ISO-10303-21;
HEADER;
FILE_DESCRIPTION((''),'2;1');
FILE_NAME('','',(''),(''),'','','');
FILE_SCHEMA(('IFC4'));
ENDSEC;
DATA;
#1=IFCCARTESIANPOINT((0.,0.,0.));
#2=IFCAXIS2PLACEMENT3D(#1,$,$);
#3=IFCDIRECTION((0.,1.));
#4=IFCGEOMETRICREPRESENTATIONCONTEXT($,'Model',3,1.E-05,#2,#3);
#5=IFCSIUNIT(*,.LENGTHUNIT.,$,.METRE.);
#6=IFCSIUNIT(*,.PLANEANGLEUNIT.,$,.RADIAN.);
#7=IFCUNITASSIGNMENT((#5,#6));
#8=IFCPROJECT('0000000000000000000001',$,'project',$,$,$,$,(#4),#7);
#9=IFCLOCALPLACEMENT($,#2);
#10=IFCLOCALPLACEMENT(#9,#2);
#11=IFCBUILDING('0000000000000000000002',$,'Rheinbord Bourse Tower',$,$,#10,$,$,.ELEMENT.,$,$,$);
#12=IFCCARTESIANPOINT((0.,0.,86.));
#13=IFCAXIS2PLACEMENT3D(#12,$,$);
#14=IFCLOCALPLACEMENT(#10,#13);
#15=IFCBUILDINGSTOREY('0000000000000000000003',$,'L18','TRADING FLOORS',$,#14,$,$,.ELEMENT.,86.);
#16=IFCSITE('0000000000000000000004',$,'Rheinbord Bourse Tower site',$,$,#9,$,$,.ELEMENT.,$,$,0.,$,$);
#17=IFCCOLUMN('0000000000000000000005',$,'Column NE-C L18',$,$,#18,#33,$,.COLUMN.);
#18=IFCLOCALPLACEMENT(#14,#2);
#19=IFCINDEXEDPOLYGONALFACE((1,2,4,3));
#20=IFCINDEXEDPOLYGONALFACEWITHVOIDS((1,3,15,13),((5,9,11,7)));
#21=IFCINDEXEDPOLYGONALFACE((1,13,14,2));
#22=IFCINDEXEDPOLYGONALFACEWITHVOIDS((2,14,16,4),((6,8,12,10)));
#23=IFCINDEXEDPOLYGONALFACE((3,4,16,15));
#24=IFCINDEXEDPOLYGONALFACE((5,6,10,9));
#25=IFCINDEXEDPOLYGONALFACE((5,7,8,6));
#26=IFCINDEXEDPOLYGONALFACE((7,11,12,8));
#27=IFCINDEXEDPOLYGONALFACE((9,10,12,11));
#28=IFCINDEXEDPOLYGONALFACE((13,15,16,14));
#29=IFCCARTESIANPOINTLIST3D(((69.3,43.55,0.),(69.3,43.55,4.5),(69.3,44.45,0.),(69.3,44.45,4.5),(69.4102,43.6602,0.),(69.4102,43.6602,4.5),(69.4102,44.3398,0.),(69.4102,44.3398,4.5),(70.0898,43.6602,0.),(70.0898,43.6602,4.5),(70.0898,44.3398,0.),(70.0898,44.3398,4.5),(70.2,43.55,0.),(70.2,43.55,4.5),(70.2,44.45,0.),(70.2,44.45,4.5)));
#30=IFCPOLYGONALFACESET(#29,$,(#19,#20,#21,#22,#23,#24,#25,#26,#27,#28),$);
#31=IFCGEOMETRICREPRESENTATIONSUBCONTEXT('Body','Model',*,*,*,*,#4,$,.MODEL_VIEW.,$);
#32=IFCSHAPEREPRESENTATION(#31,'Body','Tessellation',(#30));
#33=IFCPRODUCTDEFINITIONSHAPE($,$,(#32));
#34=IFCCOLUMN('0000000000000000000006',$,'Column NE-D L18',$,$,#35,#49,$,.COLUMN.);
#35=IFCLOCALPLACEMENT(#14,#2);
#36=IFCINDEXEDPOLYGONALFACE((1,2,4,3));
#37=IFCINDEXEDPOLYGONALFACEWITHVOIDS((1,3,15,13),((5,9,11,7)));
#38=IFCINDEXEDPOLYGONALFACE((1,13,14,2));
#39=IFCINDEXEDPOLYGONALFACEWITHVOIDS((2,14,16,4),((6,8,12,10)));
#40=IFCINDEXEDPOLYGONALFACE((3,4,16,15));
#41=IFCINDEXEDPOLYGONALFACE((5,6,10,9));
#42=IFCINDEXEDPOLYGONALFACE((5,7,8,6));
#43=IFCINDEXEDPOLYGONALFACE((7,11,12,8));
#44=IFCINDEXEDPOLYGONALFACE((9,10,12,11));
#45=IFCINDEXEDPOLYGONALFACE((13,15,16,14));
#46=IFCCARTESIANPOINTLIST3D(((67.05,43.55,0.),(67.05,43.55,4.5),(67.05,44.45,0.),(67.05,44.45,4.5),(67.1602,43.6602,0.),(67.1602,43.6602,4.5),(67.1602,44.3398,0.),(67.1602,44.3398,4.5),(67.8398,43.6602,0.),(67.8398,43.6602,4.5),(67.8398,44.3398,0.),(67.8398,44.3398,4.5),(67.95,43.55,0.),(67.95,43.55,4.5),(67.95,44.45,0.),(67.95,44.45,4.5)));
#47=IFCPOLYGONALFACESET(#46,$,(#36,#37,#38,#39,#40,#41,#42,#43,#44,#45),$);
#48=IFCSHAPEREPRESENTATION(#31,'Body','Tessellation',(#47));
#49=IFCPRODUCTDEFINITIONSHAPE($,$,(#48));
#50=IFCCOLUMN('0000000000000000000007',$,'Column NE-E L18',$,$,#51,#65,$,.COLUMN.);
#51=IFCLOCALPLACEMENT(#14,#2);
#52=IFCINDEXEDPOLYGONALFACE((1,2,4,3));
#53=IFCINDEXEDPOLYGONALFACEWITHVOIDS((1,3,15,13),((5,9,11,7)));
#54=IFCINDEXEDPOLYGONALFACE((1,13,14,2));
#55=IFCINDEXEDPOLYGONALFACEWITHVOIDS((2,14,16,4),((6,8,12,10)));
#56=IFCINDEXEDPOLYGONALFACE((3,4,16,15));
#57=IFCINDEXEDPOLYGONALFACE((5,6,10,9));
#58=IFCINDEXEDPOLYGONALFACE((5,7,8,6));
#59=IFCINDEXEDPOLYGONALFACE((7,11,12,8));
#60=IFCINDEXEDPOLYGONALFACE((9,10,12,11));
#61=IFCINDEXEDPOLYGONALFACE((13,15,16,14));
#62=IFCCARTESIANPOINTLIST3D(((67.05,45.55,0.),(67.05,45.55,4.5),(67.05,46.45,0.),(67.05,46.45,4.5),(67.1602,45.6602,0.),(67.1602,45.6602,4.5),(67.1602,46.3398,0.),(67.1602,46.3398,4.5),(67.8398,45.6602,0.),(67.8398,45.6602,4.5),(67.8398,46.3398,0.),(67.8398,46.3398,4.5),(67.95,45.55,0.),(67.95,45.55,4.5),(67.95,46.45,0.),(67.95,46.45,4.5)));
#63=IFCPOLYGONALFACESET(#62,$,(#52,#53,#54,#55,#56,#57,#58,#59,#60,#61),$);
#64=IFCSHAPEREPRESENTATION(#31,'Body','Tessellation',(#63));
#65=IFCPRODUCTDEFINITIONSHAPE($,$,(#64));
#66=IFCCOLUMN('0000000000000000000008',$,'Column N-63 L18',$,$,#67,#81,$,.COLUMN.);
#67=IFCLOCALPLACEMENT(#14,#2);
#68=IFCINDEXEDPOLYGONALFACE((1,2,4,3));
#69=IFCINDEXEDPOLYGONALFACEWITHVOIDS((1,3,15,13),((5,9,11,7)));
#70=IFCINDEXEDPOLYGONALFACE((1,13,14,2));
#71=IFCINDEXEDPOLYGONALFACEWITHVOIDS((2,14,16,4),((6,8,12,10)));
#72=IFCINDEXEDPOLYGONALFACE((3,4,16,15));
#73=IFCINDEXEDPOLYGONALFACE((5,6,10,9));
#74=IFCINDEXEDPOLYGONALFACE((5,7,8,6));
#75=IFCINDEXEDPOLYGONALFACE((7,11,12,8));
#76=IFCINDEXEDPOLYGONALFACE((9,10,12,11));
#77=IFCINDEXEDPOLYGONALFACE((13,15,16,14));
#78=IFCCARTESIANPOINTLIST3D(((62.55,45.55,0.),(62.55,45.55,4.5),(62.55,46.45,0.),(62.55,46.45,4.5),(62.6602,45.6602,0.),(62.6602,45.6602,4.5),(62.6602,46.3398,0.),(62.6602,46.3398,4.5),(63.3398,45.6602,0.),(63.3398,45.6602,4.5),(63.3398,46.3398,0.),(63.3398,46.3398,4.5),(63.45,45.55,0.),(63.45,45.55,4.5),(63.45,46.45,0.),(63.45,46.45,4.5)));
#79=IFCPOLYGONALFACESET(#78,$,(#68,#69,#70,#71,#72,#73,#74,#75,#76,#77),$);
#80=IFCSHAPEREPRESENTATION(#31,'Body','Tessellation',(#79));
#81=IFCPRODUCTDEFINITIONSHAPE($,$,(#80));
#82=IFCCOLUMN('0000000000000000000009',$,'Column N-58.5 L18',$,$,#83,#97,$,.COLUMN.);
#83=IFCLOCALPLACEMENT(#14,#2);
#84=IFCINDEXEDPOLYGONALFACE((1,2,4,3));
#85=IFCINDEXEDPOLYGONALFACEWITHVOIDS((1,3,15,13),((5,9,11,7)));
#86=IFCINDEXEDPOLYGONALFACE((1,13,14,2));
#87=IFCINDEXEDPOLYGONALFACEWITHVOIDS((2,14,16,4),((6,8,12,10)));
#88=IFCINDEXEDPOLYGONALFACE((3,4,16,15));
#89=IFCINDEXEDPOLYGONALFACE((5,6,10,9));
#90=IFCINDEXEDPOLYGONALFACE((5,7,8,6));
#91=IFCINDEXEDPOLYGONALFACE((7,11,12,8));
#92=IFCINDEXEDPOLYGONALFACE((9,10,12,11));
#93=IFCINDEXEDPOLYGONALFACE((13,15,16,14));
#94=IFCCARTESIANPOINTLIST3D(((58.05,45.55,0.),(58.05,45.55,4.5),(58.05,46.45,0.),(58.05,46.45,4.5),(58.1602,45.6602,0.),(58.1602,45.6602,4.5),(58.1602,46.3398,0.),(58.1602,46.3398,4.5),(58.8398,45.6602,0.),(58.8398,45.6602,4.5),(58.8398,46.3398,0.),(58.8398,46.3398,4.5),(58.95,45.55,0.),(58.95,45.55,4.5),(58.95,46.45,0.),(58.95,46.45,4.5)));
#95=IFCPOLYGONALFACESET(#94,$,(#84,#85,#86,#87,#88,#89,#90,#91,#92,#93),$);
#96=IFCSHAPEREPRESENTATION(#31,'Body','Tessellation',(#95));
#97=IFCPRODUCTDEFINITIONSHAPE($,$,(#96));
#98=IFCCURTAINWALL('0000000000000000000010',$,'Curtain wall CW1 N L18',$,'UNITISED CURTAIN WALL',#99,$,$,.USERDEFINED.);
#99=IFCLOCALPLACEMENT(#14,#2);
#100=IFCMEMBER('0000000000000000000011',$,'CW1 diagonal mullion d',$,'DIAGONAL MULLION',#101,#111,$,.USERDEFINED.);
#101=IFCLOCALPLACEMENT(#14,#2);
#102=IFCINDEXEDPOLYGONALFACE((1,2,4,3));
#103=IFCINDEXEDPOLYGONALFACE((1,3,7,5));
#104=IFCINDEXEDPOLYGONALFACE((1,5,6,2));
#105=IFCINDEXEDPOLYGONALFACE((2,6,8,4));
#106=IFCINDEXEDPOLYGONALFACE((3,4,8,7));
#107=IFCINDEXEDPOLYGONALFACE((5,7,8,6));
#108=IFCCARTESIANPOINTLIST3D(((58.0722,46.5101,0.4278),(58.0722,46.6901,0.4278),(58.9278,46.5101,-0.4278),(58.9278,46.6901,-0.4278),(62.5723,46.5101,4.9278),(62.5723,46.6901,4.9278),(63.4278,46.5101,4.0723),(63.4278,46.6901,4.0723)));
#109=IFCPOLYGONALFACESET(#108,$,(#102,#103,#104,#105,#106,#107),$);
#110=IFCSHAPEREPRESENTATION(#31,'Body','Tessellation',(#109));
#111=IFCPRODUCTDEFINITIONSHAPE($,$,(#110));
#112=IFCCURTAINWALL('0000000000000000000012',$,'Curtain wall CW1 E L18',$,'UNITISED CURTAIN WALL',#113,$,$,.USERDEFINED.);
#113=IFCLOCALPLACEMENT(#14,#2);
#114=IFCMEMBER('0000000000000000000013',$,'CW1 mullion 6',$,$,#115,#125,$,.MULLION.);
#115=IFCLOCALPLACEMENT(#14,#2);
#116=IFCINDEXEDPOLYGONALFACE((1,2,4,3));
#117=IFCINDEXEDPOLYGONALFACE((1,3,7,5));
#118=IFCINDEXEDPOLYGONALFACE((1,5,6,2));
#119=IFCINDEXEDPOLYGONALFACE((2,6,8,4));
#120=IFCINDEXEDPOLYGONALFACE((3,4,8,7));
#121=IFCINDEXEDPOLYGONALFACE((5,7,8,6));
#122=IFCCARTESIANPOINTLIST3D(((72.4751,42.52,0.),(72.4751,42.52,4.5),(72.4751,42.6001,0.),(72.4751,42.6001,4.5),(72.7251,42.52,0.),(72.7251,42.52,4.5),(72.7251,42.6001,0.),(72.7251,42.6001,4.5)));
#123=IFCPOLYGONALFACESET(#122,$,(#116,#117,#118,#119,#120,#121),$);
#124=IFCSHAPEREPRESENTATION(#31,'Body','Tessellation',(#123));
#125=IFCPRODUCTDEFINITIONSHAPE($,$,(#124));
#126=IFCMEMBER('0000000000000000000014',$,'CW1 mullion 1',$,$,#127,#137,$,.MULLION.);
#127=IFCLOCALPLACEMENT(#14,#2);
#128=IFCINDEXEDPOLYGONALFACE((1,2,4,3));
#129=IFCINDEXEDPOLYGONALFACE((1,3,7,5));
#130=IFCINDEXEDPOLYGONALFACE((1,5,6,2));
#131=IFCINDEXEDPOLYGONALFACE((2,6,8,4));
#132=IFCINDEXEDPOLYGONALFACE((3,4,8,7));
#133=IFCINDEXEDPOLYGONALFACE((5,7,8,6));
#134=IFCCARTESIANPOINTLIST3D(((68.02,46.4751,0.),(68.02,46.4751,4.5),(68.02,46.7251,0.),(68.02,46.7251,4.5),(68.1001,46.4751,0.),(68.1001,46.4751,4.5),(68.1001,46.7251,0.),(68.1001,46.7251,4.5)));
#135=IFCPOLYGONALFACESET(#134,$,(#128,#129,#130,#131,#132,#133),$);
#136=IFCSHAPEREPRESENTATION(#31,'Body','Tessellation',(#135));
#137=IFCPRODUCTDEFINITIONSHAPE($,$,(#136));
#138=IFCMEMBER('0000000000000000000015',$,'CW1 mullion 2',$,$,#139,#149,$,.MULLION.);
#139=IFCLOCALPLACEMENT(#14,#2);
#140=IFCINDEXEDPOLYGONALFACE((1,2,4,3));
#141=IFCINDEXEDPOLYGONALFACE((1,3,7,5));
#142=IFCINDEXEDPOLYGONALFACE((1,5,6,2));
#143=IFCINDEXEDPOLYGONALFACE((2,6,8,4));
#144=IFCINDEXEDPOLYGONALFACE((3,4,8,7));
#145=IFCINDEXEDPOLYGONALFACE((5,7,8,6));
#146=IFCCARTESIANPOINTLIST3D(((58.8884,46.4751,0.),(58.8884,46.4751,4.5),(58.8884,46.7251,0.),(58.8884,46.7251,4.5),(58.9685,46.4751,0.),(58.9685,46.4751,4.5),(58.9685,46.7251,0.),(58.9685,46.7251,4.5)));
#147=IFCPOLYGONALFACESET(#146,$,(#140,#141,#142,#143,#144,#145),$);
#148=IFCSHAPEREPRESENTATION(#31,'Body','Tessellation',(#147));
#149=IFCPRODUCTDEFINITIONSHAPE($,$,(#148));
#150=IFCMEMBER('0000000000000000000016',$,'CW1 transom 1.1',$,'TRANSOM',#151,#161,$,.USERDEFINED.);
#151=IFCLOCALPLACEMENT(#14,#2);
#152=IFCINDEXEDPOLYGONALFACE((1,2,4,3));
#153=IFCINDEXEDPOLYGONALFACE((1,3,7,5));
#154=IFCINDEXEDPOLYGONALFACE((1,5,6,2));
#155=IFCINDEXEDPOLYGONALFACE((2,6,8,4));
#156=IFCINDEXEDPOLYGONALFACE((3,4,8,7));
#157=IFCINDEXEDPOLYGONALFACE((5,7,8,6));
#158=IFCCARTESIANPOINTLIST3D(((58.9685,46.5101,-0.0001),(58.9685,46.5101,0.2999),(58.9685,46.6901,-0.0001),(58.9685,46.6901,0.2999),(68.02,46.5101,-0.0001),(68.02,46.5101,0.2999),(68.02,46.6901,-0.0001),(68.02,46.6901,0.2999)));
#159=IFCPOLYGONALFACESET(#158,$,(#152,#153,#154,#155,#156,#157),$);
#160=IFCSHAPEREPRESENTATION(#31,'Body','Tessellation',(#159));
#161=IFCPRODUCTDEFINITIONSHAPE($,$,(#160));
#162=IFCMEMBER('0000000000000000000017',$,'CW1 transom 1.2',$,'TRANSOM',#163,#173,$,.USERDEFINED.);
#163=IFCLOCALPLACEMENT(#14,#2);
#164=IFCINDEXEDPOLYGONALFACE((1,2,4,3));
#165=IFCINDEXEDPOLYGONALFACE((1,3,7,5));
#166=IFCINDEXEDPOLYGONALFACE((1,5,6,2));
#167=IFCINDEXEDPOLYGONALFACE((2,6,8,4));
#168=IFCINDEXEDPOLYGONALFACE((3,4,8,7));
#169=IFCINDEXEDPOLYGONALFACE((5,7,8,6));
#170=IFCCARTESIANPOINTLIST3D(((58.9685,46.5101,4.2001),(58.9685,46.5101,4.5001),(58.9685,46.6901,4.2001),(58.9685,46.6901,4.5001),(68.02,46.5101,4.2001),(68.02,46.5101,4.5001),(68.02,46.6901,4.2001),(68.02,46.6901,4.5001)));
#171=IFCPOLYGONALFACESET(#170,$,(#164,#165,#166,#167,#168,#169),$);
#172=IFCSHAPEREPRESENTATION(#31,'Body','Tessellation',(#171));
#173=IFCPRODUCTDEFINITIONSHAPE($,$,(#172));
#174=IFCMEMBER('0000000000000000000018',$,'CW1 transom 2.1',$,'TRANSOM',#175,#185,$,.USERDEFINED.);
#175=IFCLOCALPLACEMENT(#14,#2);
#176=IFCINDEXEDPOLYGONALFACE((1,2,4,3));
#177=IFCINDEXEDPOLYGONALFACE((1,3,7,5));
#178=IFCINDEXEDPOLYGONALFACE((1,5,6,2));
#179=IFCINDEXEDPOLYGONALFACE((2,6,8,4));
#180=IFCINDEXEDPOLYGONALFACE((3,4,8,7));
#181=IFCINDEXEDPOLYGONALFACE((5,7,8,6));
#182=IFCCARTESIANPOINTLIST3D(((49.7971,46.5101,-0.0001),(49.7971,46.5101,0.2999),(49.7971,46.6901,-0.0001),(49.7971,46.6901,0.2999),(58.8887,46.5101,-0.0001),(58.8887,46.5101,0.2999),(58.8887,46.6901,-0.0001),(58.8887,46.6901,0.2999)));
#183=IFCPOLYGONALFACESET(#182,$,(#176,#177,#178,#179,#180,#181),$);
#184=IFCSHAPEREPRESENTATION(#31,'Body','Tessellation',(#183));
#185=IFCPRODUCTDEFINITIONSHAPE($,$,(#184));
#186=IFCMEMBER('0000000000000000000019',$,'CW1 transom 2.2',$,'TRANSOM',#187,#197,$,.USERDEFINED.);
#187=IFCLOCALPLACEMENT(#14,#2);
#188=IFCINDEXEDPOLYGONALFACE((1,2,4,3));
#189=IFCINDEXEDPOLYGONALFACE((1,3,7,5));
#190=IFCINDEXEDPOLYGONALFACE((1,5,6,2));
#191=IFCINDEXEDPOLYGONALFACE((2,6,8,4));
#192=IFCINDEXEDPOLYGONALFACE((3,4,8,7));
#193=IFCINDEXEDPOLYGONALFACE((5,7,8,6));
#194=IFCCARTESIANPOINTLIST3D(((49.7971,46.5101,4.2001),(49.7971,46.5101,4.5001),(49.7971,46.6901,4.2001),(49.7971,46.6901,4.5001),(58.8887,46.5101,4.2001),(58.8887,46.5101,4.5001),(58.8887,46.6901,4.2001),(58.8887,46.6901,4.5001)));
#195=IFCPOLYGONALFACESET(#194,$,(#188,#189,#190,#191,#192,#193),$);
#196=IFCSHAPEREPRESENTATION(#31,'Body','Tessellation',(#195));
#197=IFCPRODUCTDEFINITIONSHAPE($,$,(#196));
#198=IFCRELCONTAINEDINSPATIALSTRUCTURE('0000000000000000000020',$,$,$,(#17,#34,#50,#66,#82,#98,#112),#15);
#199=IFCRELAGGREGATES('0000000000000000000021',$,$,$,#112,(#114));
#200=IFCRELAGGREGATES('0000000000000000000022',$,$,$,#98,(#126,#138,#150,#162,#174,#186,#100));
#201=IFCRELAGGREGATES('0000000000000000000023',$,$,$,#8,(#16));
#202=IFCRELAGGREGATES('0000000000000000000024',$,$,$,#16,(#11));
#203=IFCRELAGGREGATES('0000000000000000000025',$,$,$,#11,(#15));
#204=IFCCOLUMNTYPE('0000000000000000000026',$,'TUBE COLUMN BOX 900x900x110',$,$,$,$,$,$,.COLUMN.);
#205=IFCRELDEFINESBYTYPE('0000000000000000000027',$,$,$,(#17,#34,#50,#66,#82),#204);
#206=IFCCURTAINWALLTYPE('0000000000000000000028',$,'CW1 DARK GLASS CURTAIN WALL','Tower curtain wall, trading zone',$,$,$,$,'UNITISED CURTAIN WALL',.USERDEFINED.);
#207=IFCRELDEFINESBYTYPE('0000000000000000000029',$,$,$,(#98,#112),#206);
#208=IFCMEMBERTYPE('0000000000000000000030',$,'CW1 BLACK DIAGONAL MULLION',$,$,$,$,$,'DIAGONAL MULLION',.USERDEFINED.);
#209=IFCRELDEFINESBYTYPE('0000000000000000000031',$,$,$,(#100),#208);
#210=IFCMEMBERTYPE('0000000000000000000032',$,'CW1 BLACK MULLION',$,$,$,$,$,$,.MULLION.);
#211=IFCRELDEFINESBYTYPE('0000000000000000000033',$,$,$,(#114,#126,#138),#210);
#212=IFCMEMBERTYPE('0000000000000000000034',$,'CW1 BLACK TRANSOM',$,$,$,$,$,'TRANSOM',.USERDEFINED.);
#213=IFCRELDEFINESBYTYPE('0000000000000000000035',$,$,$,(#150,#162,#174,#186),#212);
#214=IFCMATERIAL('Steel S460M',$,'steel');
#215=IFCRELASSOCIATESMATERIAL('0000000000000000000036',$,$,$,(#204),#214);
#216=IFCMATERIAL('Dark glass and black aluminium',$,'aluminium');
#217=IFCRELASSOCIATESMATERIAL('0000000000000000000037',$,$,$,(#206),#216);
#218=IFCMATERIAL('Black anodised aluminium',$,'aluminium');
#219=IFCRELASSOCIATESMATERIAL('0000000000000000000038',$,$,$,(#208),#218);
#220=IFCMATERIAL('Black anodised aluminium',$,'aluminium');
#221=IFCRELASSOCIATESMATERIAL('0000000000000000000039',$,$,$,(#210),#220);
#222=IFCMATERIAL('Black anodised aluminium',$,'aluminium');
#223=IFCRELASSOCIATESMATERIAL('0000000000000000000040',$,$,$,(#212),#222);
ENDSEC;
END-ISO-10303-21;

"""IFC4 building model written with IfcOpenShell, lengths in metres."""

from ifc_helpers import new_model, si_unit, direction, frame, origin, origin_2d, place, context, subcontext, project, spatial, rectangle, hollow_rectangle, extrude, material, material_profile, profile_set, type_object, element, aggregate, save


model = new_model("IFC4")

# Units and contexts
model_context = context("Model", 3, precision=1e-05, world=origin(), true_north=direction((0.0, 1.0)))
body_context = subcontext(model_context, "Body", "Model", "MODEL_VIEW")
ifc_project = project(units=[si_unit("LENGTHUNIT", "METRE"), si_unit("PLANEANGLEUNIT", "RADIAN")], contexts=[model_context])

# Site, building, storey
site_placement = place(None, origin())
site = spatial("IfcSite", under=ifc_project, at=site_placement, Name="Rheinbord Bourse Tower site", CompositionType="ELEMENT", RefElevation=0.0)
building_placement = place(site_placement, origin())
building = spatial("IfcBuilding", under=site, at=building_placement, Name="Rheinbord Bourse Tower", CompositionType="ELEMENT")
storey_placement = place(building_placement, frame((0.0, 0.0, 86.0)))
storey = spatial("IfcBuildingStorey", under=building, at=storey_placement, Name="L18", Description="TRADING FLOORS", CompositionType="ELEMENT", Elevation=86.0)

# Columns
ifc_material_1 = material(Name="Steel S460M", Category="steel")
ifc_material_profile_1 = material_profile(ifc_material_1, hollow_rectangle(XDim=0.8999, YDim=0.8999, WallThickness=0.1101, at=origin_2d()), Name="BOX 900x900x110")
ifc_profile_set_1 = profile_set([ifc_material_profile_1], Name="Steel S460M")
column_type = type_object("IfcColumnType", Name="TUBE COLUMN BOX 900x900x110", PredefinedType="COLUMN", material=ifc_profile_set_1)
for number, where, z_axis, x_axis, name in (
    (1, (69.75, 44.0, 0.0), (0.0, 0.0, 1.0), (1.0, 0.0, 0.0), "Column NE-C L18"),
    (2, (67.5, 44.0, 0.0), (0.0, 0.0, 1.0), (0.0, 1.0, 0.0), "Column NE-D L18"),
    (3, (67.5, 46.0, 0.0), (0.0, 0.0, 1.0), (0.0, 1.0, 0.0), "Column NE-E L18"),
    (4, (63.0, 46.0, 0.0), (0.0, 0.0, 1.0), (0.0, 1.0, 0.0), "Column N-63 L18"),
    (5, (58.5, 46.0, 0.0), (0.0, 0.0, 1.0), (0.0, 1.0, 0.0), "Column N-58.5 L18"),
):
    element("IfcColumn", number, at=place(storey_placement, frame(where, z_axis=z_axis, x_axis=x_axis)), inside=storey, type_object=column_type, Name=name, PredefinedType="COLUMN", context=body_context, shape_type="SweptSolid", body=[
        extrude(hollow_rectangle(XDim=0.8999, YDim=0.8999, WallThickness=0.1101, at=origin_2d()), origin(), (0.0, 0.0, 1.0), 4.5),
    ])

# Curtain walls, members
ifc_material_2 = material(Name="Dark glass and black aluminium", Category="aluminium")
curtain_wall_type = type_object("IfcCurtainWallType", Name="CW1 DARK GLASS CURTAIN WALL", Description="Tower curtain wall, trading zone", ElementType="UNITISED CURTAIN WALL", PredefinedType="USERDEFINED", material=ifc_material_2)
curtain_wall_1_placement = place(storey_placement, origin())
curtain_wall_1 = element("IfcCurtainWall", 6, at=curtain_wall_1_placement, inside=storey, type_object=curtain_wall_type, Name="Curtain wall CW1 N L18", ObjectType="UNITISED CURTAIN WALL", PredefinedType="USERDEFINED")
ifc_material_3 = material(Name="Black anodised aluminium", Category="aluminium")
ifc_material_profile_2 = material_profile(ifc_material_3, rectangle(XDim=0.1799, YDim=1.21, at=origin_2d()), Name="CW1 DIAGONAL MULLION 1210x180")
ifc_profile_set_2 = profile_set([ifc_material_profile_2], Name="Black anodised aluminium")
member_type_1 = type_object("IfcMemberType", Name="CW1 BLACK DIAGONAL MULLION", ElementType="DIAGONAL MULLION", PredefinedType="USERDEFINED", material=ifc_profile_set_2)
member_1_placement = place(storey_placement, frame((58.5, 46.6001, 0.0), z_axis=(0.707107, 0.0, 0.707107), x_axis=(0.0, 1.0, 0.0)))
member_1 = element("IfcMember", 7, at=member_1_placement, type_object=member_type_1, Name="CW1 diagonal mullion d", ObjectType="DIAGONAL MULLION", PredefinedType="USERDEFINED", context=body_context, shape_type="SweptSolid", body=[
    extrude(rectangle(XDim=0.1799, YDim=1.21, at=origin_2d()), origin(), (0.0, 0.0, 1.0), 6.364),
])
curtain_wall_2_placement = place(storey_placement, origin())
curtain_wall_2 = element("IfcCurtainWall", 8, at=curtain_wall_2_placement, inside=storey, type_object=curtain_wall_type, Name="Curtain wall CW1 E L18", ObjectType="UNITISED CURTAIN WALL", PredefinedType="USERDEFINED")
ifc_material_4 = material(Name="Black anodised aluminium", Category="aluminium")
ifc_material_profile_3 = material_profile(ifc_material_4, rectangle(XDim=0.25, YDim=0.0801, at=origin_2d()), Name="CW1 MULLION 80x250")
ifc_profile_set_3 = profile_set([ifc_material_profile_3], Name="Black anodised aluminium")
member_type_2 = type_object("IfcMemberType", Name="CW1 BLACK MULLION", PredefinedType="MULLION", material=ifc_profile_set_3)
member_2_placement = place(storey_placement, frame((72.6001, 42.5601, 0.0), z_axis=(0.0, 0.0, 1.0), x_axis=(-1.0, 0.0, 0.0)))
member_2 = element("IfcMember", 9, at=member_2_placement, type_object=member_type_2, Name="CW1 mullion 6", PredefinedType="MULLION", context=body_context, shape_type="SweptSolid", body=[
    extrude(rectangle(XDim=0.25, YDim=0.0801, at=origin_2d()), origin(), (0.0, 0.0, 1.0), 4.5),
])
aggregate(curtain_wall_2, [member_2])

# Members
member_3_placement = place(storey_placement, frame((68.0601, 46.6001, 0.0), z_axis=(0.0, 0.0, 1.0), x_axis=(0.0, -1.0, 0.0)))
member_3 = element("IfcMember", 10, at=member_3_placement, type_object=member_type_2, Name="CW1 mullion 1", PredefinedType="MULLION", context=body_context, shape_type="SweptSolid", body=[
    extrude(rectangle(XDim=0.25, YDim=0.0801, at=origin_2d()), origin(), (0.0, 0.0, 1.0), 4.5),
])
member_4_placement = place(storey_placement, frame((58.9285, 46.6001, 0.0), z_axis=(0.0, 0.0, 1.0), x_axis=(0.0, -1.0, 0.0)))
member_4 = element("IfcMember", 11, at=member_4_placement, type_object=member_type_2, Name="CW1 mullion 2", PredefinedType="MULLION", context=body_context, shape_type="SweptSolid", body=[
    extrude(rectangle(XDim=0.25, YDim=0.0801, at=origin_2d()), origin(), (0.0, 0.0, 1.0), 4.5),
])
ifc_material_5 = material(Name="Black anodised aluminium", Category="aluminium")
ifc_material_profile_4 = material_profile(ifc_material_5, rectangle(XDim=0.1799, YDim=0.3, at=origin_2d()), Name="CW1 TRANSOM 300x180")
ifc_profile_set_4 = profile_set([ifc_material_profile_4], Name="Black anodised aluminium")
member_type_3 = type_object("IfcMemberType", Name="CW1 BLACK TRANSOM", ElementType="TRANSOM", PredefinedType="USERDEFINED", material=ifc_profile_set_4)
member_5_placement = place(storey_placement, frame((68.02, 46.6001, 0.1499), z_axis=(-1.0, 0.0, 0.0), x_axis=(0.0, -1.0, 0.0)))
member_5 = element("IfcMember", 12, at=member_5_placement, type_object=member_type_3, Name="CW1 transom 1.1", ObjectType="TRANSOM", PredefinedType="USERDEFINED", context=body_context, shape_type="SweptSolid", body=[
    extrude(rectangle(XDim=0.1799, YDim=0.3, at=origin_2d()), origin(), (0.0, 0.0, 1.0), 9.0515),
])
member_6_placement = place(storey_placement, frame((68.02, 46.6001, 4.3501), z_axis=(-1.0, 0.0, 0.0), x_axis=(0.0, -1.0, 0.0)))
member_6 = element("IfcMember", 13, at=member_6_placement, type_object=member_type_3, Name="CW1 transom 1.2", ObjectType="TRANSOM", PredefinedType="USERDEFINED", context=body_context, shape_type="SweptSolid", body=[
    extrude(rectangle(XDim=0.1799, YDim=0.3, at=origin_2d()), origin(), (0.0, 0.0, 1.0), 9.0515),
])
member_7_placement = place(storey_placement, frame((58.8887, 46.6001, 0.1499), z_axis=(-1.0, 0.0, 0.0), x_axis=(0.0, -1.0, 0.0)))
member_7 = element("IfcMember", 14, at=member_7_placement, type_object=member_type_3, Name="CW1 transom 2.1", ObjectType="TRANSOM", PredefinedType="USERDEFINED", context=body_context, shape_type="SweptSolid", body=[
    extrude(rectangle(XDim=0.1799, YDim=0.3, at=origin_2d()), origin(), (0.0, 0.0, 1.0), 9.0916),
])
member_8_placement = place(storey_placement, frame((58.8887, 46.6001, 4.3501), z_axis=(-1.0, 0.0, 0.0), x_axis=(0.0, -1.0, 0.0)))
member_8 = element("IfcMember", 15, at=member_8_placement, type_object=member_type_3, Name="CW1 transom 2.2", ObjectType="TRANSOM", PredefinedType="USERDEFINED", context=body_context, shape_type="SweptSolid", body=[
    extrude(rectangle(XDim=0.1799, YDim=0.3, at=origin_2d()), origin(), (0.0, 0.0, 1.0), 9.0916),
])

aggregate(curtain_wall_1, [member_3, member_4, member_5, member_6, member_7, member_8, member_1])

save(model, "model.ifc")
